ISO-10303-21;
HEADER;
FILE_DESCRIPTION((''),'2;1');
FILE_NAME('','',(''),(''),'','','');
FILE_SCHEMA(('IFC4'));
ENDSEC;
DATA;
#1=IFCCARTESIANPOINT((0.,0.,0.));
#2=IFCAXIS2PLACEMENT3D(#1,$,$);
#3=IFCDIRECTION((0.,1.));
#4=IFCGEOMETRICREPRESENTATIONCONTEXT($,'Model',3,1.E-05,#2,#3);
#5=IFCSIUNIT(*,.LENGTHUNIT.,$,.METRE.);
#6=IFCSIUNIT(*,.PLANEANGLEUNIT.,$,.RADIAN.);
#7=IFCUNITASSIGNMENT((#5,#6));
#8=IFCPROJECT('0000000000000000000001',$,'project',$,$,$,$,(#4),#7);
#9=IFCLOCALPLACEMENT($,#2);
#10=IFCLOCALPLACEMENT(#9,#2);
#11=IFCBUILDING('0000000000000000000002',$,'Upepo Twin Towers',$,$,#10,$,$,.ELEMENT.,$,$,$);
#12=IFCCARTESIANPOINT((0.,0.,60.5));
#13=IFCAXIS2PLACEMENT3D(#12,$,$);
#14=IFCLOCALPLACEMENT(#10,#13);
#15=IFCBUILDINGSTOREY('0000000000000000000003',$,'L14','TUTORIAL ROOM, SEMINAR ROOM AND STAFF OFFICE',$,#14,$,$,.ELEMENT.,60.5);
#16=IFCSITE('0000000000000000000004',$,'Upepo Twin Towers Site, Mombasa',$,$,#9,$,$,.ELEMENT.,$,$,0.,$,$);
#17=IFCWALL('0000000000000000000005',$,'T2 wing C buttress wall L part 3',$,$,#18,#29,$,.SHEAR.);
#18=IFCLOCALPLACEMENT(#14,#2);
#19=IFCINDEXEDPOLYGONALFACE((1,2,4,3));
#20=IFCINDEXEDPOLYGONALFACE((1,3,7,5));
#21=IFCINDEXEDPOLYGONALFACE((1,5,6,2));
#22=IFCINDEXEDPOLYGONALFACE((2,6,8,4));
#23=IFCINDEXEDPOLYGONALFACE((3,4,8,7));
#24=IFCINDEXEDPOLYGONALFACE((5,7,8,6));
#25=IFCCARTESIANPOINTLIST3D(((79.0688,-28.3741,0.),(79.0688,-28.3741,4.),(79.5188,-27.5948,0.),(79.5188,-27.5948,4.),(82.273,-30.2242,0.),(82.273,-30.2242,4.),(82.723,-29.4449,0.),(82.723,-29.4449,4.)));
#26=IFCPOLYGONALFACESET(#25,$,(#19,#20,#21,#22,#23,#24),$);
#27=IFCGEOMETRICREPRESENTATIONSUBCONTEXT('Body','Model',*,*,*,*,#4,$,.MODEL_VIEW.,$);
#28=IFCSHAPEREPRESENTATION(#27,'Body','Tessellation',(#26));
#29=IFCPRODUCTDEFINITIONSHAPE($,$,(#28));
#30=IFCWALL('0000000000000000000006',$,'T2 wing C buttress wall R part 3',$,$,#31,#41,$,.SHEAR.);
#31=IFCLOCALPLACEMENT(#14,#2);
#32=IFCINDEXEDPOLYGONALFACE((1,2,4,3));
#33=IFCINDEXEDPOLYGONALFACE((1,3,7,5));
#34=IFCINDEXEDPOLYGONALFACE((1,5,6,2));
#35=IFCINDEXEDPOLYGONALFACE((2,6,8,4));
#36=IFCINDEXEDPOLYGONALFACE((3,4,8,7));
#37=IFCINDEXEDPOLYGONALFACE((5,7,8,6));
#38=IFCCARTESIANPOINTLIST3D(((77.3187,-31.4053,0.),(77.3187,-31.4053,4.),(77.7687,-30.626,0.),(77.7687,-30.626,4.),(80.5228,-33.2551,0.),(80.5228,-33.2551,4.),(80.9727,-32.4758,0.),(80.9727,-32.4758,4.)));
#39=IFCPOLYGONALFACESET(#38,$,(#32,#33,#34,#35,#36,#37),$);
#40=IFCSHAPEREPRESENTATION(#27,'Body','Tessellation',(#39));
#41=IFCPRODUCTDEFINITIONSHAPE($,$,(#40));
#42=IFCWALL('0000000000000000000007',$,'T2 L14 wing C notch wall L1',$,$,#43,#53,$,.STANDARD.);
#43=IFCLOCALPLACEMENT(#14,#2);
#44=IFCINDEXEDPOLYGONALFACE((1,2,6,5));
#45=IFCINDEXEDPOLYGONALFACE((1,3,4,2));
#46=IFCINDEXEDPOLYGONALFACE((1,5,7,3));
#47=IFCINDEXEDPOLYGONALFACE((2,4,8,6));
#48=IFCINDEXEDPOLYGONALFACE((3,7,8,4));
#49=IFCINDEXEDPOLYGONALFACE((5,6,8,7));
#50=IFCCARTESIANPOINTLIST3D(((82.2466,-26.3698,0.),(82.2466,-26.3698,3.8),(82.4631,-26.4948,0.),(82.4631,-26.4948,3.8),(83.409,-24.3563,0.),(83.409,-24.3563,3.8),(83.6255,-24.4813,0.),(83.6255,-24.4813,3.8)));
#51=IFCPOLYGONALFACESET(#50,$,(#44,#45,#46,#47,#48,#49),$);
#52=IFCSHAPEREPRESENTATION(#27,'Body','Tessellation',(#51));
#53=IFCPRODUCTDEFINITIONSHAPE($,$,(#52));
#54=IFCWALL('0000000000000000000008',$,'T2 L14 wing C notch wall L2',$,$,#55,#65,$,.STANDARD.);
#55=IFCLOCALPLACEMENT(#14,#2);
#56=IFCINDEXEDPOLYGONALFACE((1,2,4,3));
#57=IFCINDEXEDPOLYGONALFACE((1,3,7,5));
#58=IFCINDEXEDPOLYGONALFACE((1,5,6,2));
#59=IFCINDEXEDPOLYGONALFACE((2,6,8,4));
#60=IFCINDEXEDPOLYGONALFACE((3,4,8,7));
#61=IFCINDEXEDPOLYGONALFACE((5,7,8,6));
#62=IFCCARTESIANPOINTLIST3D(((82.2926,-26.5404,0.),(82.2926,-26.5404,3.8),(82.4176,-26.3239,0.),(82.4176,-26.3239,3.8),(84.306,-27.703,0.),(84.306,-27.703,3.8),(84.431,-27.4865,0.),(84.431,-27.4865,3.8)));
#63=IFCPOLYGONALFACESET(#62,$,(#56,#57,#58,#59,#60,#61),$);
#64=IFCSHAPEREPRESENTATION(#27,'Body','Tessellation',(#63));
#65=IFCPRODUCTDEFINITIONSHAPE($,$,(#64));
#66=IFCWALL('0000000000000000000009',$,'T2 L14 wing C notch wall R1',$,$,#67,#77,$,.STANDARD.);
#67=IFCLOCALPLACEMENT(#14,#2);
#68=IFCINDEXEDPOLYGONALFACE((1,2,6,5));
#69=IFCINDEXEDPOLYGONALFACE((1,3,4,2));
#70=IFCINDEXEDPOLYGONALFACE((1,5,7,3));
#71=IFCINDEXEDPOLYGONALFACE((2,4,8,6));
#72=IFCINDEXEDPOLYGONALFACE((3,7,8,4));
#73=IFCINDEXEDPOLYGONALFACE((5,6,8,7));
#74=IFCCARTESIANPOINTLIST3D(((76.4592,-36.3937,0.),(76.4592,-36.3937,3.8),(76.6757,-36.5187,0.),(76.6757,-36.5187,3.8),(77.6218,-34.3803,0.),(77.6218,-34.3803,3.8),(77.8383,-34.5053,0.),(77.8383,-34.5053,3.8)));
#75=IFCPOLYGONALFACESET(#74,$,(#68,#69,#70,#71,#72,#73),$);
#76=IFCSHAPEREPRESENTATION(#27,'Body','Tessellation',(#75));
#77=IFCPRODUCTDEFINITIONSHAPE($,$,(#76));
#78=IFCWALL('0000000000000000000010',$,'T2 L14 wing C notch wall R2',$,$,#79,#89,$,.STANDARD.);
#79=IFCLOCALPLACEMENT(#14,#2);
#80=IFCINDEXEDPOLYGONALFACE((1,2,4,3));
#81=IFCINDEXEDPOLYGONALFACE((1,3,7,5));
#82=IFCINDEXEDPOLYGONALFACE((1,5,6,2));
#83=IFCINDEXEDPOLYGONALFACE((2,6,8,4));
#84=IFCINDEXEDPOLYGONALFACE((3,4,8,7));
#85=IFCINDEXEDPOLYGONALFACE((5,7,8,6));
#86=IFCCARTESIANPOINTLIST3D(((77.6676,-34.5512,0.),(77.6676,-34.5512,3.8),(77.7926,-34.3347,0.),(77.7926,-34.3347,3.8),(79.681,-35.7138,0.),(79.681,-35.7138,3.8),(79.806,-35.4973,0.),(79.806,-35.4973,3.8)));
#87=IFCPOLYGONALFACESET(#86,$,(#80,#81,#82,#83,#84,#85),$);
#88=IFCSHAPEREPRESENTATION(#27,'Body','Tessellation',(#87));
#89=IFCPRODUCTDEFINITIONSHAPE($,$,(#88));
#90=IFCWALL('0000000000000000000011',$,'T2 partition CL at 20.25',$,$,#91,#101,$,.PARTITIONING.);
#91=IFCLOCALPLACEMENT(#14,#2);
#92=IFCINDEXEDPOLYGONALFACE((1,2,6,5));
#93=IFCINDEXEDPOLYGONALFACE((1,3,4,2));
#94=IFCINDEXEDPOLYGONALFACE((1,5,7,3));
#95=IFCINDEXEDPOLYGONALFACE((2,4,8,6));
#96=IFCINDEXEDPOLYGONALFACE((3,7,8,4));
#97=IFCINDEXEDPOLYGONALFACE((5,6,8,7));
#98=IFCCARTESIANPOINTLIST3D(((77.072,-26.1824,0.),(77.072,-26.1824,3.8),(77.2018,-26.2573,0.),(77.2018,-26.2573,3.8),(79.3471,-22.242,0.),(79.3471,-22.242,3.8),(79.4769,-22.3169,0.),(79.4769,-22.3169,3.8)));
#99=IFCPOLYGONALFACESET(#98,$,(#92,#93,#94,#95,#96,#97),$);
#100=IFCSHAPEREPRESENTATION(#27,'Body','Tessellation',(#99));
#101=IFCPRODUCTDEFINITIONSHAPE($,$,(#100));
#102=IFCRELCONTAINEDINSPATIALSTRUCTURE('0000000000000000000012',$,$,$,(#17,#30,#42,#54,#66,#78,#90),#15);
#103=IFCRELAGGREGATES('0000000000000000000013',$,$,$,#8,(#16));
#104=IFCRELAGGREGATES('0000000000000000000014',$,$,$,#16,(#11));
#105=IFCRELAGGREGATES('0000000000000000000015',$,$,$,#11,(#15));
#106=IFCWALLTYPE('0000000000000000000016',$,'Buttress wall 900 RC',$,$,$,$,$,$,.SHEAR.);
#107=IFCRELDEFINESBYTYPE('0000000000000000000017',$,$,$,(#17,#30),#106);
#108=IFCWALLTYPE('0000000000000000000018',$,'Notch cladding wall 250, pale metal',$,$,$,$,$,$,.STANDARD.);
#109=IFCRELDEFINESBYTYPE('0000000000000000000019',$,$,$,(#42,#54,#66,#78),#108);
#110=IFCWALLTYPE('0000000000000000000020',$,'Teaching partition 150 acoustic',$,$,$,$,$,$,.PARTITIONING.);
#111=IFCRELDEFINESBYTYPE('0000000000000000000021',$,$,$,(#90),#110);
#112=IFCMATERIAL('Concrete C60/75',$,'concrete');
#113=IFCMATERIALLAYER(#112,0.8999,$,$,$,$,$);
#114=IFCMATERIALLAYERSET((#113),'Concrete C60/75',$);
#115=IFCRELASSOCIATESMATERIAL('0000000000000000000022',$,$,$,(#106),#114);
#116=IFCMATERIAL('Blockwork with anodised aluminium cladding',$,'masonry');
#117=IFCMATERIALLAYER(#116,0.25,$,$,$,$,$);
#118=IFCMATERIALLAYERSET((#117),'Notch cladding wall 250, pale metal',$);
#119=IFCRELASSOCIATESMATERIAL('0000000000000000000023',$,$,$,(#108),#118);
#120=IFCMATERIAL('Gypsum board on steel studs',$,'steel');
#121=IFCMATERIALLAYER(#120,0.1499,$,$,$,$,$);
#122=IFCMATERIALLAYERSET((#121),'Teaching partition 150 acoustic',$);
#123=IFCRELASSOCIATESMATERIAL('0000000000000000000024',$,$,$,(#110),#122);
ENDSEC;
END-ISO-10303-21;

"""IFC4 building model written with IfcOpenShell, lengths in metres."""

from ifc_helpers import new_model, si_unit, direction, frame, frame_2d, origin, place, context, subcontext, project, spatial, rectangle, extrude, material, layer, layer_set, type_object, element, save


model = new_model("IFC4")

# Units and contexts
model_context = context("Model", 3, precision=1e-05, world=origin(), true_north=direction((0.0, 1.0)))
body_context = subcontext(model_context, "Body", "Model", "MODEL_VIEW")
ifc_project = project(units=[si_unit("LENGTHUNIT", "METRE"), si_unit("PLANEANGLEUNIT", "RADIAN")], contexts=[model_context])

# Site, building, storey
site_placement = place(None, origin())
site = spatial("IfcSite", under=ifc_project, at=site_placement, Name="Upepo Twin Towers Site, Mombasa", CompositionType="ELEMENT", RefElevation=0.0)
building_placement = place(site_placement, origin())
building = spatial("IfcBuilding", under=site, at=building_placement, Name="Upepo Twin Towers", CompositionType="ELEMENT")
storey_placement = place(building_placement, frame((0.0, 0.0, 60.5)))
storey = spatial("IfcBuildingStorey", under=building, at=storey_placement, Name="L14", Description="TUTORIAL ROOM, SEMINAR ROOM AND STAFF OFFICE", CompositionType="ELEMENT", Elevation=60.5)

# Walls
ifc_material_1 = material(Name="Concrete C60/75", Category="concrete")
ifc_layer_1 = layer(ifc_material_1, 0.8999)
ifc_layer_set_1 = layer_set([ifc_layer_1], Name="Concrete C60/75")
wall_type_1 = type_object("IfcWallType", Name="Buttress wall 900 RC", PredefinedType="SHEAR", material=ifc_layer_set_1)
wall_1_placement = place(storey_placement, frame((79.2937, -27.9844, 0.0), z_axis=(0.0, 0.0, 1.0), x_axis=(0.866001, -0.500042, 0.0)))
element("IfcWall", 1, at=wall_1_placement, inside=storey, type_object=wall_type_1, Name="T2 wing C buttress wall L part 3", PredefinedType="SHEAR", context=body_context, shape_type="SweptSolid", body=[
    extrude(rectangle(XDim=3.7, YDim=0.8999, at=frame_2d((1.8501, 0.0))), origin(), (0.0, 0.0, 1.0), 4.0),
])
wall_2_placement = place(storey_placement, frame((77.5437, -31.0156, 0.0), z_axis=(0.0, 0.0, 1.0), x_axis=(0.86603, -0.499993, 0.0)))
element("IfcWall", 2, at=wall_2_placement, inside=storey, type_object=wall_type_1, Name="T2 wing C buttress wall R part 3", PredefinedType="SHEAR", context=body_context, shape_type="SweptSolid", body=[
    extrude(rectangle(XDim=3.6997, YDim=0.8999, at=frame_2d((1.8499, 0.0))), origin(), (0.0, 0.0, 1.0), 4.0),
])
ifc_material_2 = material(Name="Blockwork with anodised aluminium cladding", Category="masonry")
ifc_layer_2 = layer(ifc_material_2, 0.25)
ifc_layer_set_2 = layer_set([ifc_layer_2], Name="Notch cladding wall 250, pale metal")
wall_type_2 = type_object("IfcWallType", Name="Notch cladding wall 250, pale metal", PredefinedType="STANDARD", material=ifc_layer_set_2)
for number, where, z_axis, x_axis, name in (
    (3, (83.5173, -24.4187, 0.0), (0.0, 0.0, 1.0), (-0.499968, -0.866044, 0.0), "T2 L14 wing C notch wall L1"),
    (4, (82.355, -26.4321, 0.0), (0.0, 0.0, 1.0), (0.865998, -0.500047, 0.0), "T2 L14 wing C notch wall L2"),
    (5, (76.5674, -36.4563, 0.0), (0.0, 0.0, 1.0), (0.500047, 0.865998, 0.0), "T2 L14 wing C notch wall R1"),
    (6, (77.73, -34.4429, 0.0), (0.0, 0.0, 1.0), (0.865998, -0.500047, 0.0), "T2 L14 wing C notch wall R2"),
):
    element("IfcWall", number, at=place(storey_placement, frame(where, z_axis=z_axis, x_axis=x_axis)), inside=storey, type_object=wall_type_2, Name=name, PredefinedType="STANDARD", context=body_context, shape_type="SweptSolid", body=[
        extrude(rectangle(XDim=2.325, YDim=0.25, at=frame_2d((1.1626, 0.0))), origin(), (0.0, 0.0, 1.0), 3.8),
    ])
ifc_material_3 = material(Name="Gypsum board on steel studs", Category="steel")
ifc_layer_3 = layer(ifc_material_3, 0.1499)
ifc_layer_set_3 = layer_set([ifc_layer_3], Name="Teaching partition 150 acoustic")
wall_type_3 = type_object("IfcWallType", Name="Teaching partition 150 acoustic", PredefinedType="PARTITIONING", material=ifc_layer_set_3)
wall_3_placement = place(storey_placement, frame((77.137, -26.2197, 0.0), z_axis=(0.0, 0.0, 1.0), x_axis=(0.500023, 0.866012, 0.0)))
element("IfcWall", 7, at=wall_3_placement, inside=storey, type_object=wall_type_3, Name="T2 partition CL at 20.25", PredefinedType="PARTITIONING", context=body_context, shape_type="SweptSolid", body=[
    extrude(rectangle(XDim=4.55, YDim=0.1499, at=frame_2d((2.2749, 0.0))), origin(), (0.0, 0.0, 1.0), 3.8),
])

save(model, "model.ifc")
